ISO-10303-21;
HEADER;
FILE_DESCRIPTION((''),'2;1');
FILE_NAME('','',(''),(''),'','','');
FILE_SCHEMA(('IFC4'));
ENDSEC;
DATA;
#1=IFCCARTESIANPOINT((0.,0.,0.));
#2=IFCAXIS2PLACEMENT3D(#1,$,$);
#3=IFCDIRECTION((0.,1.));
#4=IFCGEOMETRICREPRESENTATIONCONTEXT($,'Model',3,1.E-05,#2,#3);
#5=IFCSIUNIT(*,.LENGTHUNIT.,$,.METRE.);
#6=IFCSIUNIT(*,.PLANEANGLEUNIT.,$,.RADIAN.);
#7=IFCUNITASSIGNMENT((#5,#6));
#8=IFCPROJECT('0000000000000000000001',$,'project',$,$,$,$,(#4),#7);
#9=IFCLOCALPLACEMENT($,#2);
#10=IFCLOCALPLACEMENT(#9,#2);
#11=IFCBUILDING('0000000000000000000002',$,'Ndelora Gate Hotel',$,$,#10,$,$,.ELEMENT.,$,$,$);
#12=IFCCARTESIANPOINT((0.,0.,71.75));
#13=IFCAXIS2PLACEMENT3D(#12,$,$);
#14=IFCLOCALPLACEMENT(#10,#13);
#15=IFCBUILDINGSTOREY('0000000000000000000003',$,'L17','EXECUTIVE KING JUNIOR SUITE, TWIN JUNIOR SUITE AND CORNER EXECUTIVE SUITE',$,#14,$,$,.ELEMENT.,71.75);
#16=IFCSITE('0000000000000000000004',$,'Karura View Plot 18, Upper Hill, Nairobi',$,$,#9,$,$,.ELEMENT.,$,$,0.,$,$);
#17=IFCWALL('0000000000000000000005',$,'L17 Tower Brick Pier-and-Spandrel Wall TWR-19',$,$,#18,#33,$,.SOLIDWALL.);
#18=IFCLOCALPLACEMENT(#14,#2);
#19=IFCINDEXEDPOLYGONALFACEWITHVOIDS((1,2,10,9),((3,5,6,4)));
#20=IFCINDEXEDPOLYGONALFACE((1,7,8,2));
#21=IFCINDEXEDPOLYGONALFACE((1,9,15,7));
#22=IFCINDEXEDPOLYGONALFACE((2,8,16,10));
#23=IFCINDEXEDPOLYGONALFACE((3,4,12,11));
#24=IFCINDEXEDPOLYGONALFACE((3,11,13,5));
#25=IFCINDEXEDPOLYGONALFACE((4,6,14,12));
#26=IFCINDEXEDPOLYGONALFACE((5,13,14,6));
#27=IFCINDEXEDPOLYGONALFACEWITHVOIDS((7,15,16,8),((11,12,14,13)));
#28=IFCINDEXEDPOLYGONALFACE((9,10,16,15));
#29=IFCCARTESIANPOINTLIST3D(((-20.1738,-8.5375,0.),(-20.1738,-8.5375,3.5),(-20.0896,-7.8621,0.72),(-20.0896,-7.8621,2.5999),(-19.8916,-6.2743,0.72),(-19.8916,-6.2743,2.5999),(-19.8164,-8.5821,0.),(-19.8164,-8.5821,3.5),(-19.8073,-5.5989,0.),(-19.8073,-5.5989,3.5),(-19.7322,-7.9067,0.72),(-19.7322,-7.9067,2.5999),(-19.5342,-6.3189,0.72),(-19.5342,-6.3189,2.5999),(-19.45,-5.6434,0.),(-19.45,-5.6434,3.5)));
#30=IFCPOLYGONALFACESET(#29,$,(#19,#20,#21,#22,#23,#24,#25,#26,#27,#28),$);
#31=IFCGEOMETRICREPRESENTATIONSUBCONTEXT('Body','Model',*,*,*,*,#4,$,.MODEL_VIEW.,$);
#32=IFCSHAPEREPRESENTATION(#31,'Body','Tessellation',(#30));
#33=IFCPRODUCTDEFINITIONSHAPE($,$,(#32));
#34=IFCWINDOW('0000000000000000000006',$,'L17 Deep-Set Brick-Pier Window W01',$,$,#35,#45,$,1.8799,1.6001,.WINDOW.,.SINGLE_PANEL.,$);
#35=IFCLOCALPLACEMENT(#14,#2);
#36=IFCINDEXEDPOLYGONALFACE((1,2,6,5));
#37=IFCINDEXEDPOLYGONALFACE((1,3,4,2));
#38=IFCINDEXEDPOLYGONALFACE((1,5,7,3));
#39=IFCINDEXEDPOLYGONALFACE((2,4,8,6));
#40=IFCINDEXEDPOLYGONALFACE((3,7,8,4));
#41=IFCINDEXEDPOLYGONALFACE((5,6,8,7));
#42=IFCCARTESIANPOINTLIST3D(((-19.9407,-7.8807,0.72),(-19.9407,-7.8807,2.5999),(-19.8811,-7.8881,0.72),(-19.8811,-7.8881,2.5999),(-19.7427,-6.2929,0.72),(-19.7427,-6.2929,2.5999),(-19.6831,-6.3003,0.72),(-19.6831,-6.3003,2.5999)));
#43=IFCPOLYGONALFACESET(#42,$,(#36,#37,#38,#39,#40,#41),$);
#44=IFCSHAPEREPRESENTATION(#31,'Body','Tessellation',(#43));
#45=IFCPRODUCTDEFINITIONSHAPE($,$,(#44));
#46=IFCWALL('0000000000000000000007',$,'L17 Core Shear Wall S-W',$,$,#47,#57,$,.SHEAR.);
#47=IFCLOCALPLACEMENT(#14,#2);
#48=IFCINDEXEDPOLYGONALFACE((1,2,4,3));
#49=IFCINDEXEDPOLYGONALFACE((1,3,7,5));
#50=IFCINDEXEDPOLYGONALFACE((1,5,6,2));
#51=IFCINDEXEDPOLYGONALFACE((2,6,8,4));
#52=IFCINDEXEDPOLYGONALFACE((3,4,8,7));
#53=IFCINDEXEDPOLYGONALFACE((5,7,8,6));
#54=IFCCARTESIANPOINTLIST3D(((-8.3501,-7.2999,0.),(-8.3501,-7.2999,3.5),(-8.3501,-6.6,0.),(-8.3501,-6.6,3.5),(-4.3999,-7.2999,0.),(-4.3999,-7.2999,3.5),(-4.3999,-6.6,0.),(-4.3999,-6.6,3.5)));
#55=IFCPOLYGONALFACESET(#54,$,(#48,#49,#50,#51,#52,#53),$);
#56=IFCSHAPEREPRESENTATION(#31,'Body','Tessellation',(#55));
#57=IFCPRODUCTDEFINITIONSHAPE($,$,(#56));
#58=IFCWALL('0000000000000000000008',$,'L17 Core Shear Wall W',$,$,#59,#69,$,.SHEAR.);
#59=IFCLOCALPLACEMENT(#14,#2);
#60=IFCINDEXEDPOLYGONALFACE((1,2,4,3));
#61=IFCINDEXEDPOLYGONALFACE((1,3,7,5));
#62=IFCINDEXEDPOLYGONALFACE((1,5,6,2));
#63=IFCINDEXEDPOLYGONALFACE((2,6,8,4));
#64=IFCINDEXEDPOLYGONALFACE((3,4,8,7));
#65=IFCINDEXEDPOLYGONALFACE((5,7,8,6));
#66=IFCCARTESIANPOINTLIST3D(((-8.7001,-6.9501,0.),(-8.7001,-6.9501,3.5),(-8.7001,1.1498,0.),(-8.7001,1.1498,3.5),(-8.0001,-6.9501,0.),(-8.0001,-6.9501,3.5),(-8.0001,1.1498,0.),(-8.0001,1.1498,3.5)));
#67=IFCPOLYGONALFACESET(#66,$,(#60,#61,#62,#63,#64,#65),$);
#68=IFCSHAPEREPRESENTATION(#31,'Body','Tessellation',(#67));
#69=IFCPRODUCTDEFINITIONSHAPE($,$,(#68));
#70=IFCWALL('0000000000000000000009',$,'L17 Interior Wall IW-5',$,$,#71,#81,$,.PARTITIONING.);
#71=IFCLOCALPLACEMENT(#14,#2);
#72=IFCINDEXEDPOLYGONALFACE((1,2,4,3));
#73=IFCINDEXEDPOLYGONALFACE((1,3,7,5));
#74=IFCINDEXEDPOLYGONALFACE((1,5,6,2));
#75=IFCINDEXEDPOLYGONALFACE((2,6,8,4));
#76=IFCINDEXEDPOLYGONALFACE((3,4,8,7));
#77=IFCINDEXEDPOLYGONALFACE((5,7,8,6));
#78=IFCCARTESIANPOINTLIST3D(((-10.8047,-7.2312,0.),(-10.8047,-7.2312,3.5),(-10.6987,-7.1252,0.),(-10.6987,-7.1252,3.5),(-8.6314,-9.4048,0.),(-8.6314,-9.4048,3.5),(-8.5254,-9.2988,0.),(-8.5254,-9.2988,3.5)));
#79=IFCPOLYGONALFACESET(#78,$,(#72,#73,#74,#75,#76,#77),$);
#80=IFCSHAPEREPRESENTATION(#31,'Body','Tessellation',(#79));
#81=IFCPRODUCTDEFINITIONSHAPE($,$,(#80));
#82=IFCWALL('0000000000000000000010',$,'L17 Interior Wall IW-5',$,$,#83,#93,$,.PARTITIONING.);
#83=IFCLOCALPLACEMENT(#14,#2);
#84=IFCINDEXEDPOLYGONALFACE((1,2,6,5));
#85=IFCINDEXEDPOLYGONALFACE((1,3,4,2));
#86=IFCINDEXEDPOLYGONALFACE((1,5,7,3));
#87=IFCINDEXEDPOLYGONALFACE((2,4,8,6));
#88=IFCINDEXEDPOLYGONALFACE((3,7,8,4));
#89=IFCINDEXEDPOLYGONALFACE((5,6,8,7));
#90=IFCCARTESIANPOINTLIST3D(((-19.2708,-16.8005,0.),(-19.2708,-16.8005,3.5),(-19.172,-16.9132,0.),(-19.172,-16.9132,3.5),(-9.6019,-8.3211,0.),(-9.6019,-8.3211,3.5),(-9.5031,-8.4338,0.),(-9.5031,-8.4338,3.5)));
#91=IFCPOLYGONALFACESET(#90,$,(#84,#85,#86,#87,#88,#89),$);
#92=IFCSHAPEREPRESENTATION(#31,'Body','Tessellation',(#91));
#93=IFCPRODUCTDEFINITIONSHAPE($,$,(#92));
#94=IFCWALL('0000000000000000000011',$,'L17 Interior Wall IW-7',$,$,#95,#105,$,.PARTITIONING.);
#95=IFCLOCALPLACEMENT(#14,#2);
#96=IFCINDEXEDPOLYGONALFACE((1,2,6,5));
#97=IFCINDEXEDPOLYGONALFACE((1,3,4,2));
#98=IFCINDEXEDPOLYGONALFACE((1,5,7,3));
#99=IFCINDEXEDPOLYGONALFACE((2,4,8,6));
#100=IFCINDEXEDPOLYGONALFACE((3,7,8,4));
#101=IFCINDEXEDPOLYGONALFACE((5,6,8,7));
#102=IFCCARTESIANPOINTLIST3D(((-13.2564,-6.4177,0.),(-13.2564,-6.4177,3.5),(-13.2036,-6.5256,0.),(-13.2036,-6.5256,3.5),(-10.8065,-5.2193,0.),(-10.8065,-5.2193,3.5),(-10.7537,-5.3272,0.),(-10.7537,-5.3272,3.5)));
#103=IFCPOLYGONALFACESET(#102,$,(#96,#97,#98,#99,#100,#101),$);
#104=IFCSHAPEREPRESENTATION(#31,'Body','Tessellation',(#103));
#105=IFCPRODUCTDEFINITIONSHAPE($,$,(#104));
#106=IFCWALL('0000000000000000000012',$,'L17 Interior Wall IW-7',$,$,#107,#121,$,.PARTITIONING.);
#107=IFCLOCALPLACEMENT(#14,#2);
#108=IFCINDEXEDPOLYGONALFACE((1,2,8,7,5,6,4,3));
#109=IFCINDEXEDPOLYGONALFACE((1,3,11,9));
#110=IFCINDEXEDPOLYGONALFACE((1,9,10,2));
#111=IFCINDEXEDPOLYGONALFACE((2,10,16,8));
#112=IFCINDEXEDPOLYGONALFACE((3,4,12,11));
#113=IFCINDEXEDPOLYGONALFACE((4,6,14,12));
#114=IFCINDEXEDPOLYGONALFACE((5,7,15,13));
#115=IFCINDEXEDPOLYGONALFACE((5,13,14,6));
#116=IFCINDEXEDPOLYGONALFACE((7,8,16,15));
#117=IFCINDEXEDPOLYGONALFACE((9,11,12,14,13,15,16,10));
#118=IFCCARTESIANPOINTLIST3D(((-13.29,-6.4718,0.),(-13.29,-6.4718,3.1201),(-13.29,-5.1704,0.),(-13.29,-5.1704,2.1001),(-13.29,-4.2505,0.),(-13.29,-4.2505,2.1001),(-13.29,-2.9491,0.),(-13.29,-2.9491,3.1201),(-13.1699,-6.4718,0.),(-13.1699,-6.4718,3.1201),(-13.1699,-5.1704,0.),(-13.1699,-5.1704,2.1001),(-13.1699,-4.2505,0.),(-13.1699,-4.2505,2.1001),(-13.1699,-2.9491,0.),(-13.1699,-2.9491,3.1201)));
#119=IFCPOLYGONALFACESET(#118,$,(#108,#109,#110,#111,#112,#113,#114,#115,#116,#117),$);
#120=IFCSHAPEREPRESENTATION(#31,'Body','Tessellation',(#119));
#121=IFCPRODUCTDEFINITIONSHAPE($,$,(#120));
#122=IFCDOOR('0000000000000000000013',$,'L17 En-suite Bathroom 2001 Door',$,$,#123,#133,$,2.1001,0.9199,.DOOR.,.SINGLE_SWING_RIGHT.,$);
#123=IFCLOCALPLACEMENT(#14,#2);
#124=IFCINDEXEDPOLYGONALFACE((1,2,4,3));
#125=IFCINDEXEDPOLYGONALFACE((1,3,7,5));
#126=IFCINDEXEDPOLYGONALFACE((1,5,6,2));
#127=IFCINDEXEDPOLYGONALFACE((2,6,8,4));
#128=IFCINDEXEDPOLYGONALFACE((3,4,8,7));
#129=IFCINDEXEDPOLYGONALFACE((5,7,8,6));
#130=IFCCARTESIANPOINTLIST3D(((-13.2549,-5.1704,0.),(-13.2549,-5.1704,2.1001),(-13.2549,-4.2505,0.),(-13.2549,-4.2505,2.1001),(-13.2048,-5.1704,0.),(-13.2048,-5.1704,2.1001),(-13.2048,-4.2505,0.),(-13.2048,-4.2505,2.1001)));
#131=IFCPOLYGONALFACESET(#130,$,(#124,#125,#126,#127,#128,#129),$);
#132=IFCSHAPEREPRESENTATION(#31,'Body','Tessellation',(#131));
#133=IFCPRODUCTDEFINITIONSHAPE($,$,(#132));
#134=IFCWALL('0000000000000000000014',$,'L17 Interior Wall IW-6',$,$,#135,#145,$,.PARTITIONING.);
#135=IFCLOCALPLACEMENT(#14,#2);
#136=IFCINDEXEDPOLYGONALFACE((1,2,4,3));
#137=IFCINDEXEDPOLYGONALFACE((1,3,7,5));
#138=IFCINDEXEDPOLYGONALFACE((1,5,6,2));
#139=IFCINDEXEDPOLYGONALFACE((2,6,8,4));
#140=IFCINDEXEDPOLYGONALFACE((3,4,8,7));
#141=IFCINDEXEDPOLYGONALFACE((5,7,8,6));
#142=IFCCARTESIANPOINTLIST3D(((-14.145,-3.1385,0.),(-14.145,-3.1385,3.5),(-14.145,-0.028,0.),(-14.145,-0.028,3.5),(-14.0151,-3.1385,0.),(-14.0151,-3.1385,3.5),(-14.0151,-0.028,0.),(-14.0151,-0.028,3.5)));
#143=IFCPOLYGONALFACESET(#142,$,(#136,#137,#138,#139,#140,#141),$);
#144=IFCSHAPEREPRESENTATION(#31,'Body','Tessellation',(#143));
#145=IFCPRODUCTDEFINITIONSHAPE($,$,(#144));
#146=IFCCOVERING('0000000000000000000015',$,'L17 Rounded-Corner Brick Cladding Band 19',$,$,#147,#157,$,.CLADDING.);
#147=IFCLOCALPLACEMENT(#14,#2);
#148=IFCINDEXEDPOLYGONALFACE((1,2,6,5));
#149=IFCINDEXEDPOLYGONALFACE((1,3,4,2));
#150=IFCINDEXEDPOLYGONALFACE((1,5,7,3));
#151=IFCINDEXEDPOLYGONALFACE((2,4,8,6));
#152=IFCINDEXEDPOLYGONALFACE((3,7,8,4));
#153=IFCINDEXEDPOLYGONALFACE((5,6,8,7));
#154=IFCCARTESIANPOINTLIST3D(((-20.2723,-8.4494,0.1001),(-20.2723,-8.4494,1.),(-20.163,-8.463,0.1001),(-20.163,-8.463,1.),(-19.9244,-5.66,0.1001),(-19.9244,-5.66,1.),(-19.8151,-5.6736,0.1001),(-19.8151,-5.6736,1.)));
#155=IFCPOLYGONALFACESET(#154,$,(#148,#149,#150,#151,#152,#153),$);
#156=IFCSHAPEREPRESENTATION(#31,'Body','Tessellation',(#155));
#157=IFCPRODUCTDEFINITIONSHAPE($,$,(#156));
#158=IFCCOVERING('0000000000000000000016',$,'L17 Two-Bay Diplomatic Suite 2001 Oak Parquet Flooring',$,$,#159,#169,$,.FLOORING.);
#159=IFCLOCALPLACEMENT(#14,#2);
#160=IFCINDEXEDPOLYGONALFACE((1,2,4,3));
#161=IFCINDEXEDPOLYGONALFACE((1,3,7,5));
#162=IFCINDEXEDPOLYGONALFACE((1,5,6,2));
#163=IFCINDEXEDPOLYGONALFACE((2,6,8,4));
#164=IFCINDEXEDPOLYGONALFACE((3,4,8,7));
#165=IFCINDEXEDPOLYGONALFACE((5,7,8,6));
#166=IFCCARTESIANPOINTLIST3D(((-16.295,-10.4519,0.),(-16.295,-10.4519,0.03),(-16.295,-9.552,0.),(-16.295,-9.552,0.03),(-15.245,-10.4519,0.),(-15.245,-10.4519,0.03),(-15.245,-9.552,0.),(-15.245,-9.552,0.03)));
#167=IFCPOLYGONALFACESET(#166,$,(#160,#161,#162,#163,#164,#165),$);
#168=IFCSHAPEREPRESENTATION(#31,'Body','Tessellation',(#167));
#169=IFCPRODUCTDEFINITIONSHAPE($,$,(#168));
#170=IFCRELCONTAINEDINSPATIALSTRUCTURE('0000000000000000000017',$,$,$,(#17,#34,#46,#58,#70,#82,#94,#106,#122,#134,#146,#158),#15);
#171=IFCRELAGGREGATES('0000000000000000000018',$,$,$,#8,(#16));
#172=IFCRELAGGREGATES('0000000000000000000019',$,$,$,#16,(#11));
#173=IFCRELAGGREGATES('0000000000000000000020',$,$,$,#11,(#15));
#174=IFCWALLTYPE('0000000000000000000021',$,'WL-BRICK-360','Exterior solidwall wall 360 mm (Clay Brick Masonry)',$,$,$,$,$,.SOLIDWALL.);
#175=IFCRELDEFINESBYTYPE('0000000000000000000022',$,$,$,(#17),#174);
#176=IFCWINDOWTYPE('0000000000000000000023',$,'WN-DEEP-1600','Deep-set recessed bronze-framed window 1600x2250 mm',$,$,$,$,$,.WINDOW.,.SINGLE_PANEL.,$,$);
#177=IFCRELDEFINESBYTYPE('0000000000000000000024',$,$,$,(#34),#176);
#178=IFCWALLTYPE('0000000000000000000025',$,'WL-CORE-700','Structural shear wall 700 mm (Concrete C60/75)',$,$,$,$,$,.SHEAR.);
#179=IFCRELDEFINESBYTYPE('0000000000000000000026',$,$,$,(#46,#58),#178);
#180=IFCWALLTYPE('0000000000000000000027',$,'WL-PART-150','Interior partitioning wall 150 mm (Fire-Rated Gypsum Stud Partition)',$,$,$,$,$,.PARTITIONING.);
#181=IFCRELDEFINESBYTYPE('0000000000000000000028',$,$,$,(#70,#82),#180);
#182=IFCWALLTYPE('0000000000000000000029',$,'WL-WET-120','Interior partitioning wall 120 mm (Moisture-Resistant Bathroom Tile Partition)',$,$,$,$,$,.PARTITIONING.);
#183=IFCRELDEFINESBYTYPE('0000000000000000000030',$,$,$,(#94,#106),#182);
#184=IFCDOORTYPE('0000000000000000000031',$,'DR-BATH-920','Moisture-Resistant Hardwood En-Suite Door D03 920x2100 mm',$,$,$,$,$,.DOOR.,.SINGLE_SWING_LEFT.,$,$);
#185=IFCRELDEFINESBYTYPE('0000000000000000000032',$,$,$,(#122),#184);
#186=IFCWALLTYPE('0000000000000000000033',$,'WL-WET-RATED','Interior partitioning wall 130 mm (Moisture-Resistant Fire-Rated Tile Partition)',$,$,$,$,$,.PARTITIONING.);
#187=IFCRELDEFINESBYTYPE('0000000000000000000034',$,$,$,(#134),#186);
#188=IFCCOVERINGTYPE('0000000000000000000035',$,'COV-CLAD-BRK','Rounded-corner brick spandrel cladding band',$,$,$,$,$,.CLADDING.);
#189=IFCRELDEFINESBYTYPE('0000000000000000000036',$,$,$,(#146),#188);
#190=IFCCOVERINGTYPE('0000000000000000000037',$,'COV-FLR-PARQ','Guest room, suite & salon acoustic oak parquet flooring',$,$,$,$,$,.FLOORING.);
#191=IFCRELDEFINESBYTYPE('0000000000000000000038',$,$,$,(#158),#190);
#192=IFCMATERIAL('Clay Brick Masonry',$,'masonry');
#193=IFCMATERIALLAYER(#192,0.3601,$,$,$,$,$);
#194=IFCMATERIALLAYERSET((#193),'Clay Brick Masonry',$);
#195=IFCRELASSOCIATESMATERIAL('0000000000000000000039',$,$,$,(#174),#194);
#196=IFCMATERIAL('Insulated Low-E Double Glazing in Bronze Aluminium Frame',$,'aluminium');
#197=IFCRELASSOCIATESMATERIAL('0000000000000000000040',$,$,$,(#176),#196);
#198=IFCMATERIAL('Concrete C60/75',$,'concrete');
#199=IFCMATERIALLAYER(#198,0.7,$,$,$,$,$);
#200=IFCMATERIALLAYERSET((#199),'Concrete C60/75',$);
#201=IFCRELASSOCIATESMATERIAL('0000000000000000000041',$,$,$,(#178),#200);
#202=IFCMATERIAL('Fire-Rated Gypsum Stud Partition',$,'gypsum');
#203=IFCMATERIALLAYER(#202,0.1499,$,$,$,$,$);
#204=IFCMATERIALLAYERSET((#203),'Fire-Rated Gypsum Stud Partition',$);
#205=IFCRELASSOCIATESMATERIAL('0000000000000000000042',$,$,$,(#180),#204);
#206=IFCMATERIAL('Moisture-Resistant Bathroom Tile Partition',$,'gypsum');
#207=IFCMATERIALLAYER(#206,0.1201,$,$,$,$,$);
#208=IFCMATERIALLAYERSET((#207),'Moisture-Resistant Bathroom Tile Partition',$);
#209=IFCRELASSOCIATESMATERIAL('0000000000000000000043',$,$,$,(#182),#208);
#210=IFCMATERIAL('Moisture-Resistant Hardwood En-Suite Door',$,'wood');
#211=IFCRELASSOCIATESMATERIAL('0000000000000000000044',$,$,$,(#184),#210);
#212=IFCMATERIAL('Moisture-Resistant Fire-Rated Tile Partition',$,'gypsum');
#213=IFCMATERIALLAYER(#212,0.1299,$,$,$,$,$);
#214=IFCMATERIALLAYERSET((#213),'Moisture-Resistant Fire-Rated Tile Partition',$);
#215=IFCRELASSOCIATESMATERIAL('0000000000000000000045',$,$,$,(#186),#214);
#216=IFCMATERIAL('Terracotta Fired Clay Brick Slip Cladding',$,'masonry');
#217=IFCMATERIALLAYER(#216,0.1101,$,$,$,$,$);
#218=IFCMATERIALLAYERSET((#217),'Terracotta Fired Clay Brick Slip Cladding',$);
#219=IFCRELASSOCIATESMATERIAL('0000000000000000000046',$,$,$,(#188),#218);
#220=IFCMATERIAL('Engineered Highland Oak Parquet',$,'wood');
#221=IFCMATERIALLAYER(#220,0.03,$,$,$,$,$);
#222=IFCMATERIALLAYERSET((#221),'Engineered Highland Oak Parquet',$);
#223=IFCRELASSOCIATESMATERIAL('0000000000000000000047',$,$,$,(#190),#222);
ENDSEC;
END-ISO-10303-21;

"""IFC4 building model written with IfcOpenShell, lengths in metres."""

from ifc_helpers import new_model, si_unit, direction, frame, frame_2d, origin, origin_2d, place, context, subcontext, project, spatial, rectangle, extrude, material, layer, layer_set, type_object, element, fill, save


model = new_model("IFC4")

# Units and contexts
model_context = context("Model", 3, precision=1e-05, world=origin(), true_north=direction((0.0, 1.0)))
body_context = subcontext(model_context, "Body", "Model", "MODEL_VIEW")
ifc_project = project(units=[si_unit("LENGTHUNIT", "METRE"), si_unit("PLANEANGLEUNIT", "RADIAN")], contexts=[model_context])

# Site, building, storey
site_placement = place(None, origin())
site = spatial("IfcSite", under=ifc_project, at=site_placement, Name="Karura View Plot 18, Upper Hill, Nairobi", CompositionType="ELEMENT", RefElevation=0.0)
building_placement = place(site_placement, origin())
building = spatial("IfcBuilding", under=site, at=building_placement, Name="Ndelora Gate Hotel", CompositionType="ELEMENT")
storey_placement = place(building_placement, frame((0.0, 0.0, 71.75)))
storey = spatial("IfcBuildingStorey", under=building, at=storey_placement, Name="L17", Description="EXECUTIVE KING JUNIOR SUITE, TWIN JUNIOR SUITE AND CORNER EXECUTIVE SUITE", CompositionType="ELEMENT", Elevation=71.75)

# Shared definitions
ifc_material_1 = material(Name="Concrete C60/75", Category="concrete")

# Wall, opening, window
ifc_material_2 = material(Name="Clay Brick Masonry", Category="masonry")
ifc_layer_1 = layer(ifc_material_2, 0.3601)
ifc_layer_set_1 = layer_set([ifc_layer_1], Name="Clay Brick Masonry")
wall_type_1 = type_object("IfcWallType", Name="WL-BRICK-360", Description="Exterior solidwall wall 360 mm (Clay Brick Masonry)", PredefinedType="SOLIDWALL", material=ifc_layer_set_1)
ifc_material_3 = material(Name="Insulated Low-E Double Glazing in Bronze Aluminium Frame", Category="aluminium")
window_type = type_object("IfcWindowType", Name="WN-DEEP-1600", Description="Deep-set recessed bronze-framed window 1600x2250 mm", PartitioningType="SINGLE_PANEL", PredefinedType="WINDOW", material=ifc_material_3)
wall_1_placement = place(storey_placement, frame((-19.9951, -8.5598, 0.0), z_axis=(0.0, 0.0, 1.0), x_axis=(0.12374, 0.992315, 0.0)))
wall_1 = element("IfcWall", 1, at=wall_1_placement, inside=storey, type_object=wall_type_1, Name="L17 Tower Brick Pier-and-Spandrel Wall TWR-19", PredefinedType="SOLIDWALL", context=body_context, shape_type="SweptSolid", body=[
    extrude(rectangle(XDim=2.9614, YDim=0.3601, at=frame_2d((1.4807, 0.0))), origin(), (0.0, 0.0, 1.0), 3.5),
])
opening_1_placement = place(wall_1_placement, frame((0.6807, 0.0, 0.72)))
opening_1 = element("IfcOpeningElement", 2, at=opening_1_placement, cuts=wall_1, PredefinedType="OPENING", context=body_context, shape_type="SweptSolid", body=[
    extrude(rectangle(XDim=1.6001, YDim=1.8799, at=frame_2d((0.8, 0.9399))), frame((0.0, 0.1899, 0.0), z_axis=(0.0, -1.0, 0.0), x_axis=(1.0, 0.0, 0.0)), (0.0, 0.0, 1.0), 0.3801),
])
window_1_placement = place(opening_1_placement, origin())
window_1 = element("IfcWindow", 3, at=window_1_placement, inside=storey, type_object=window_type, Name="L17 Deep-Set Brick-Pier Window W01", OverallHeight=1.8799, OverallWidth=1.6001, PartitioningType="SINGLE_PANEL", PredefinedType="WINDOW", context=body_context, shape_type="SweptSolid", body=[
    extrude(rectangle(XDim=1.6001, YDim=1.8799, at=frame_2d((0.8, 0.9399))), frame((0.0, 0.03, 0.0), z_axis=(0.0, -1.0, 0.0), x_axis=(1.0, 0.0, 0.0)), (0.0, 0.0, 1.0), 0.0601),
])
fill(opening_1, window_1)

# Walls
ifc_layer_2 = layer(ifc_material_1, 0.7)
ifc_layer_set_2 = layer_set([ifc_layer_2], Name="Concrete C60/75")
wall_type_2 = type_object("IfcWallType", Name="WL-CORE-700", Description="Structural shear wall 700 mm (Concrete C60/75)", PredefinedType="SHEAR", material=ifc_layer_set_2)
wall_2_placement = place(storey_placement, frame((-8.3501, -6.95, 0.0), z_axis=(0.0, 0.0, 1.0), x_axis=(1.0, 0.0, 0.0)))
element("IfcWall", 4, at=wall_2_placement, inside=storey, type_object=wall_type_2, Name="L17 Core Shear Wall S-W", PredefinedType="SHEAR", context=body_context, shape_type="SweptSolid", body=[
    extrude(rectangle(XDim=3.9502, YDim=0.7, at=frame_2d((1.9751, 0.0))), origin(), (0.0, 0.0, 1.0), 3.5),
])
wall_3_placement = place(storey_placement, frame((-8.3501, -6.95, 0.0), z_axis=(0.0, 0.0, 1.0), x_axis=(0.0, 1.0, 0.0)))
element("IfcWall", 5, at=wall_3_placement, inside=storey, type_object=wall_type_2, Name="L17 Core Shear Wall W", PredefinedType="SHEAR", context=body_context, shape_type="SweptSolid", body=[
    extrude(rectangle(XDim=8.0999, YDim=0.7, at=frame_2d((4.0498, 0.0))), origin(), (0.0, 0.0, 1.0), 3.5),
])

# Shared definitions
ifc_material_4 = material(Name="Fire-Rated Gypsum Stud Partition", Category="gypsum")
ifc_layer_3 = layer(ifc_material_4, 0.1499)
ifc_layer_set_3 = layer_set([ifc_layer_3], Name="Fire-Rated Gypsum Stud Partition")
wall_type_3 = type_object("IfcWallType", Name="WL-PART-150", Description="Interior partitioning wall 150 mm (Fire-Rated Gypsum Stud Partition)", PredefinedType="PARTITIONING", material=ifc_layer_set_3)

# Walls
wall_4_placement = place(storey_placement, frame((-8.5784, -9.3518, 0.0), z_axis=(0.0, 0.0, 1.0), x_axis=(-0.707067, 0.707146, 0.0)))
element("IfcWall", 6, at=wall_4_placement, inside=storey, type_object=wall_type_3, Name="L17 Interior Wall IW-5", PredefinedType="PARTITIONING", context=body_context, shape_type="SweptSolid", body=[
    extrude(rectangle(XDim=3.0737, YDim=0.1499, at=frame_2d((1.5369, 0.0))), origin(), (0.0, 0.0, 1.0), 3.5),
])
wall_5_placement = place(storey_placement, frame((-9.5525, -8.3774, 0.0), z_axis=(0.0, 0.0, 1.0), x_axis=(-0.751838, -0.659348, 0.0)))
element("IfcWall", 7, at=wall_5_placement, inside=storey, type_object=wall_type_3, Name="L17 Interior Wall IW-5", PredefinedType="PARTITIONING", context=body_context, shape_type="SweptSolid", body=[
    extrude(rectangle(XDim=12.8604, YDim=0.1499, at=frame_2d((6.4302, 0.0))), origin(), (0.0, 0.0, 1.0), 3.5),
])
ifc_material_5 = material(Name="Moisture-Resistant Bathroom Tile Partition", Category="gypsum")
ifc_layer_4 = layer(ifc_material_5, 0.1201)
ifc_layer_set_4 = layer_set([ifc_layer_4], Name="Moisture-Resistant Bathroom Tile Partition")
wall_type_4 = type_object("IfcWallType", Name="WL-WET-120", Description="Interior partitioning wall 120 mm (Moisture-Resistant Bathroom Tile Partition)", PredefinedType="PARTITIONING", material=ifc_layer_set_4)
wall_6_placement = place(storey_placement, frame((-10.78, -5.2732, 0.0), z_axis=(0.0, 0.0, 1.0), x_axis=(-0.898278, -0.439427, 0.0)))
element("IfcWall", 8, at=wall_6_placement, inside=storey, type_object=wall_type_4, Name="L17 Interior Wall IW-7", PredefinedType="PARTITIONING", context=body_context, shape_type="SweptSolid", body=[
    extrude(rectangle(XDim=2.7273, YDim=0.1201, at=frame_2d((1.3638, 0.0))), origin(), (0.0, 0.0, 1.0), 3.5),
])

# Wall, opening, door
wall_7_placement = place(storey_placement, frame((-13.23, -6.4717, 0.0), z_axis=(0.0, 0.0, 1.0), x_axis=(0.0, 1.0, 0.0)))
wall_7 = element("IfcWall", 9, at=wall_7_placement, inside=storey, type_object=wall_type_4, Name="L17 Interior Wall IW-7", PredefinedType="PARTITIONING", context=body_context, shape_type="SweptSolid", body=[
    extrude(rectangle(XDim=3.5227, YDim=0.1201, at=frame_2d((1.7612, 0.0))), origin(), (0.0, 0.0, 1.0), 3.1201),
])
opening_2_placement = place(wall_7_placement, frame((1.3013, 0.0, 0.0)))
opening_2 = element("IfcOpeningElement", 10, at=opening_2_placement, cuts=wall_7, PredefinedType="OPENING", context=body_context, shape_type="SweptSolid", body=[
    extrude(rectangle(XDim=0.9199, YDim=2.1001, at=frame_2d((0.46, 1.05))), frame((0.0, 0.0701, 0.0), z_axis=(0.0, -1.0, 0.0), x_axis=(1.0, 0.0, 0.0)), (0.0, 0.0, 1.0), 0.1401),
])
ifc_material_6 = material(Name="Moisture-Resistant Hardwood En-Suite Door", Category="wood")
door_type_1 = type_object("IfcDoorType", Name="DR-BATH-920", Description="Moisture-Resistant Hardwood En-Suite Door D03 920x2100 mm", OperationType="SINGLE_SWING_LEFT", PredefinedType="DOOR", material=ifc_material_6)
door_1_placement = place(opening_2_placement, origin())
door_1 = element("IfcDoor", 11, at=door_1_placement, inside=storey, type_object=door_type_1, Name="L17 En-suite Bathroom 2001 Door", OperationType="SINGLE_SWING_RIGHT", OverallHeight=2.1001, OverallWidth=0.9199, PredefinedType="DOOR", context=body_context, shape_type="SweptSolid", body=[
    extrude(rectangle(XDim=0.9199, YDim=2.1001, at=frame_2d((0.46, 1.05))), frame((0.0, 0.0249, 0.0), z_axis=(0.0, -1.0, 0.0), x_axis=(1.0, 0.0, 0.0)), (0.0, 0.0, 1.0), 0.05),
])
fill(opening_2, door_1)

# Wall
ifc_material_7 = material(Name="Moisture-Resistant Fire-Rated Tile Partition", Category="gypsum")
ifc_layer_5 = layer(ifc_material_7, 0.1299)
ifc_layer_set_5 = layer_set([ifc_layer_5], Name="Moisture-Resistant Fire-Rated Tile Partition")
wall_type_5 = type_object("IfcWallType", Name="WL-WET-RATED", Description="Interior partitioning wall 130 mm (Moisture-Resistant Fire-Rated Tile Partition)", PredefinedType="PARTITIONING", material=ifc_layer_set_5)
wall_8_placement = place(storey_placement, frame((-14.0801, -3.1384, 0.0), z_axis=(0.0, 0.0, 1.0), x_axis=(0.0, 1.0, 0.0)))
element("IfcWall", 12, at=wall_8_placement, inside=storey, type_object=wall_type_5, Name="L17 Interior Wall IW-6", PredefinedType="PARTITIONING", context=body_context, shape_type="SweptSolid", body=[
    extrude(rectangle(XDim=3.1106, YDim=0.1299, at=frame_2d((1.5552, 0.0))), origin(), (0.0, 0.0, 1.0), 3.5),
])

# Coverings
ifc_material_8 = material(Name="Terracotta Fired Clay Brick Slip Cladding", Category="masonry")
ifc_layer_6 = layer(ifc_material_8, 0.1101)
ifc_layer_set_6 = layer_set([ifc_layer_6], Name="Terracotta Fired Clay Brick Slip Cladding")
covering_type_1 = type_object("IfcCoveringType", Name="COV-CLAD-BRK", Description="Rounded-corner brick spandrel cladding band", PredefinedType="CLADDING", material=ifc_layer_set_6)
covering_1_placement = place(storey_placement, frame((-20.0437, -7.0615, 0.1001), z_axis=(0.0, 0.0, 1.0), x_axis=(0.123775, 0.99231, 0.0)))
element("IfcCovering", 13, at=covering_1_placement, inside=storey, type_object=covering_type_1, Name="L17 Rounded-Corner Brick Cladding Band 19", PredefinedType="CLADDING", context=body_context, shape_type="SweptSolid", body=[
    extrude(rectangle(XDim=2.811, YDim=0.1101, at=origin_2d()), origin(), (0.0, 0.0, 1.0), 0.8999),
])
ifc_material_9 = material(Name="Engineered Highland Oak Parquet", Category="wood")
ifc_layer_7 = layer(ifc_material_9, 0.03)
ifc_layer_set_7 = layer_set([ifc_layer_7], Name="Engineered Highland Oak Parquet")
covering_type_2 = type_object("IfcCoveringType", Name="COV-FLR-PARQ", Description="Guest room, suite & salon acoustic oak parquet flooring", PredefinedType="FLOORING", material=ifc_layer_set_7)
covering_2_placement = place(storey_placement, frame((-15.77, -10.002, 0.0), z_axis=(0.0, 0.0, 1.0), x_axis=(1.0, 0.0, 0.0)))
element("IfcCovering", 14, at=covering_2_placement, inside=storey, type_object=covering_type_2, Name="L17 Two-Bay Diplomatic Suite 2001 Oak Parquet Flooring", PredefinedType="FLOORING", context=body_context, shape_type="SweptSolid", body=[
    extrude(rectangle(XDim=1.05, YDim=0.8999, at=origin_2d()), origin(), (0.0, 0.0, 1.0), 0.03),
])

save(model, "model.ifc")
